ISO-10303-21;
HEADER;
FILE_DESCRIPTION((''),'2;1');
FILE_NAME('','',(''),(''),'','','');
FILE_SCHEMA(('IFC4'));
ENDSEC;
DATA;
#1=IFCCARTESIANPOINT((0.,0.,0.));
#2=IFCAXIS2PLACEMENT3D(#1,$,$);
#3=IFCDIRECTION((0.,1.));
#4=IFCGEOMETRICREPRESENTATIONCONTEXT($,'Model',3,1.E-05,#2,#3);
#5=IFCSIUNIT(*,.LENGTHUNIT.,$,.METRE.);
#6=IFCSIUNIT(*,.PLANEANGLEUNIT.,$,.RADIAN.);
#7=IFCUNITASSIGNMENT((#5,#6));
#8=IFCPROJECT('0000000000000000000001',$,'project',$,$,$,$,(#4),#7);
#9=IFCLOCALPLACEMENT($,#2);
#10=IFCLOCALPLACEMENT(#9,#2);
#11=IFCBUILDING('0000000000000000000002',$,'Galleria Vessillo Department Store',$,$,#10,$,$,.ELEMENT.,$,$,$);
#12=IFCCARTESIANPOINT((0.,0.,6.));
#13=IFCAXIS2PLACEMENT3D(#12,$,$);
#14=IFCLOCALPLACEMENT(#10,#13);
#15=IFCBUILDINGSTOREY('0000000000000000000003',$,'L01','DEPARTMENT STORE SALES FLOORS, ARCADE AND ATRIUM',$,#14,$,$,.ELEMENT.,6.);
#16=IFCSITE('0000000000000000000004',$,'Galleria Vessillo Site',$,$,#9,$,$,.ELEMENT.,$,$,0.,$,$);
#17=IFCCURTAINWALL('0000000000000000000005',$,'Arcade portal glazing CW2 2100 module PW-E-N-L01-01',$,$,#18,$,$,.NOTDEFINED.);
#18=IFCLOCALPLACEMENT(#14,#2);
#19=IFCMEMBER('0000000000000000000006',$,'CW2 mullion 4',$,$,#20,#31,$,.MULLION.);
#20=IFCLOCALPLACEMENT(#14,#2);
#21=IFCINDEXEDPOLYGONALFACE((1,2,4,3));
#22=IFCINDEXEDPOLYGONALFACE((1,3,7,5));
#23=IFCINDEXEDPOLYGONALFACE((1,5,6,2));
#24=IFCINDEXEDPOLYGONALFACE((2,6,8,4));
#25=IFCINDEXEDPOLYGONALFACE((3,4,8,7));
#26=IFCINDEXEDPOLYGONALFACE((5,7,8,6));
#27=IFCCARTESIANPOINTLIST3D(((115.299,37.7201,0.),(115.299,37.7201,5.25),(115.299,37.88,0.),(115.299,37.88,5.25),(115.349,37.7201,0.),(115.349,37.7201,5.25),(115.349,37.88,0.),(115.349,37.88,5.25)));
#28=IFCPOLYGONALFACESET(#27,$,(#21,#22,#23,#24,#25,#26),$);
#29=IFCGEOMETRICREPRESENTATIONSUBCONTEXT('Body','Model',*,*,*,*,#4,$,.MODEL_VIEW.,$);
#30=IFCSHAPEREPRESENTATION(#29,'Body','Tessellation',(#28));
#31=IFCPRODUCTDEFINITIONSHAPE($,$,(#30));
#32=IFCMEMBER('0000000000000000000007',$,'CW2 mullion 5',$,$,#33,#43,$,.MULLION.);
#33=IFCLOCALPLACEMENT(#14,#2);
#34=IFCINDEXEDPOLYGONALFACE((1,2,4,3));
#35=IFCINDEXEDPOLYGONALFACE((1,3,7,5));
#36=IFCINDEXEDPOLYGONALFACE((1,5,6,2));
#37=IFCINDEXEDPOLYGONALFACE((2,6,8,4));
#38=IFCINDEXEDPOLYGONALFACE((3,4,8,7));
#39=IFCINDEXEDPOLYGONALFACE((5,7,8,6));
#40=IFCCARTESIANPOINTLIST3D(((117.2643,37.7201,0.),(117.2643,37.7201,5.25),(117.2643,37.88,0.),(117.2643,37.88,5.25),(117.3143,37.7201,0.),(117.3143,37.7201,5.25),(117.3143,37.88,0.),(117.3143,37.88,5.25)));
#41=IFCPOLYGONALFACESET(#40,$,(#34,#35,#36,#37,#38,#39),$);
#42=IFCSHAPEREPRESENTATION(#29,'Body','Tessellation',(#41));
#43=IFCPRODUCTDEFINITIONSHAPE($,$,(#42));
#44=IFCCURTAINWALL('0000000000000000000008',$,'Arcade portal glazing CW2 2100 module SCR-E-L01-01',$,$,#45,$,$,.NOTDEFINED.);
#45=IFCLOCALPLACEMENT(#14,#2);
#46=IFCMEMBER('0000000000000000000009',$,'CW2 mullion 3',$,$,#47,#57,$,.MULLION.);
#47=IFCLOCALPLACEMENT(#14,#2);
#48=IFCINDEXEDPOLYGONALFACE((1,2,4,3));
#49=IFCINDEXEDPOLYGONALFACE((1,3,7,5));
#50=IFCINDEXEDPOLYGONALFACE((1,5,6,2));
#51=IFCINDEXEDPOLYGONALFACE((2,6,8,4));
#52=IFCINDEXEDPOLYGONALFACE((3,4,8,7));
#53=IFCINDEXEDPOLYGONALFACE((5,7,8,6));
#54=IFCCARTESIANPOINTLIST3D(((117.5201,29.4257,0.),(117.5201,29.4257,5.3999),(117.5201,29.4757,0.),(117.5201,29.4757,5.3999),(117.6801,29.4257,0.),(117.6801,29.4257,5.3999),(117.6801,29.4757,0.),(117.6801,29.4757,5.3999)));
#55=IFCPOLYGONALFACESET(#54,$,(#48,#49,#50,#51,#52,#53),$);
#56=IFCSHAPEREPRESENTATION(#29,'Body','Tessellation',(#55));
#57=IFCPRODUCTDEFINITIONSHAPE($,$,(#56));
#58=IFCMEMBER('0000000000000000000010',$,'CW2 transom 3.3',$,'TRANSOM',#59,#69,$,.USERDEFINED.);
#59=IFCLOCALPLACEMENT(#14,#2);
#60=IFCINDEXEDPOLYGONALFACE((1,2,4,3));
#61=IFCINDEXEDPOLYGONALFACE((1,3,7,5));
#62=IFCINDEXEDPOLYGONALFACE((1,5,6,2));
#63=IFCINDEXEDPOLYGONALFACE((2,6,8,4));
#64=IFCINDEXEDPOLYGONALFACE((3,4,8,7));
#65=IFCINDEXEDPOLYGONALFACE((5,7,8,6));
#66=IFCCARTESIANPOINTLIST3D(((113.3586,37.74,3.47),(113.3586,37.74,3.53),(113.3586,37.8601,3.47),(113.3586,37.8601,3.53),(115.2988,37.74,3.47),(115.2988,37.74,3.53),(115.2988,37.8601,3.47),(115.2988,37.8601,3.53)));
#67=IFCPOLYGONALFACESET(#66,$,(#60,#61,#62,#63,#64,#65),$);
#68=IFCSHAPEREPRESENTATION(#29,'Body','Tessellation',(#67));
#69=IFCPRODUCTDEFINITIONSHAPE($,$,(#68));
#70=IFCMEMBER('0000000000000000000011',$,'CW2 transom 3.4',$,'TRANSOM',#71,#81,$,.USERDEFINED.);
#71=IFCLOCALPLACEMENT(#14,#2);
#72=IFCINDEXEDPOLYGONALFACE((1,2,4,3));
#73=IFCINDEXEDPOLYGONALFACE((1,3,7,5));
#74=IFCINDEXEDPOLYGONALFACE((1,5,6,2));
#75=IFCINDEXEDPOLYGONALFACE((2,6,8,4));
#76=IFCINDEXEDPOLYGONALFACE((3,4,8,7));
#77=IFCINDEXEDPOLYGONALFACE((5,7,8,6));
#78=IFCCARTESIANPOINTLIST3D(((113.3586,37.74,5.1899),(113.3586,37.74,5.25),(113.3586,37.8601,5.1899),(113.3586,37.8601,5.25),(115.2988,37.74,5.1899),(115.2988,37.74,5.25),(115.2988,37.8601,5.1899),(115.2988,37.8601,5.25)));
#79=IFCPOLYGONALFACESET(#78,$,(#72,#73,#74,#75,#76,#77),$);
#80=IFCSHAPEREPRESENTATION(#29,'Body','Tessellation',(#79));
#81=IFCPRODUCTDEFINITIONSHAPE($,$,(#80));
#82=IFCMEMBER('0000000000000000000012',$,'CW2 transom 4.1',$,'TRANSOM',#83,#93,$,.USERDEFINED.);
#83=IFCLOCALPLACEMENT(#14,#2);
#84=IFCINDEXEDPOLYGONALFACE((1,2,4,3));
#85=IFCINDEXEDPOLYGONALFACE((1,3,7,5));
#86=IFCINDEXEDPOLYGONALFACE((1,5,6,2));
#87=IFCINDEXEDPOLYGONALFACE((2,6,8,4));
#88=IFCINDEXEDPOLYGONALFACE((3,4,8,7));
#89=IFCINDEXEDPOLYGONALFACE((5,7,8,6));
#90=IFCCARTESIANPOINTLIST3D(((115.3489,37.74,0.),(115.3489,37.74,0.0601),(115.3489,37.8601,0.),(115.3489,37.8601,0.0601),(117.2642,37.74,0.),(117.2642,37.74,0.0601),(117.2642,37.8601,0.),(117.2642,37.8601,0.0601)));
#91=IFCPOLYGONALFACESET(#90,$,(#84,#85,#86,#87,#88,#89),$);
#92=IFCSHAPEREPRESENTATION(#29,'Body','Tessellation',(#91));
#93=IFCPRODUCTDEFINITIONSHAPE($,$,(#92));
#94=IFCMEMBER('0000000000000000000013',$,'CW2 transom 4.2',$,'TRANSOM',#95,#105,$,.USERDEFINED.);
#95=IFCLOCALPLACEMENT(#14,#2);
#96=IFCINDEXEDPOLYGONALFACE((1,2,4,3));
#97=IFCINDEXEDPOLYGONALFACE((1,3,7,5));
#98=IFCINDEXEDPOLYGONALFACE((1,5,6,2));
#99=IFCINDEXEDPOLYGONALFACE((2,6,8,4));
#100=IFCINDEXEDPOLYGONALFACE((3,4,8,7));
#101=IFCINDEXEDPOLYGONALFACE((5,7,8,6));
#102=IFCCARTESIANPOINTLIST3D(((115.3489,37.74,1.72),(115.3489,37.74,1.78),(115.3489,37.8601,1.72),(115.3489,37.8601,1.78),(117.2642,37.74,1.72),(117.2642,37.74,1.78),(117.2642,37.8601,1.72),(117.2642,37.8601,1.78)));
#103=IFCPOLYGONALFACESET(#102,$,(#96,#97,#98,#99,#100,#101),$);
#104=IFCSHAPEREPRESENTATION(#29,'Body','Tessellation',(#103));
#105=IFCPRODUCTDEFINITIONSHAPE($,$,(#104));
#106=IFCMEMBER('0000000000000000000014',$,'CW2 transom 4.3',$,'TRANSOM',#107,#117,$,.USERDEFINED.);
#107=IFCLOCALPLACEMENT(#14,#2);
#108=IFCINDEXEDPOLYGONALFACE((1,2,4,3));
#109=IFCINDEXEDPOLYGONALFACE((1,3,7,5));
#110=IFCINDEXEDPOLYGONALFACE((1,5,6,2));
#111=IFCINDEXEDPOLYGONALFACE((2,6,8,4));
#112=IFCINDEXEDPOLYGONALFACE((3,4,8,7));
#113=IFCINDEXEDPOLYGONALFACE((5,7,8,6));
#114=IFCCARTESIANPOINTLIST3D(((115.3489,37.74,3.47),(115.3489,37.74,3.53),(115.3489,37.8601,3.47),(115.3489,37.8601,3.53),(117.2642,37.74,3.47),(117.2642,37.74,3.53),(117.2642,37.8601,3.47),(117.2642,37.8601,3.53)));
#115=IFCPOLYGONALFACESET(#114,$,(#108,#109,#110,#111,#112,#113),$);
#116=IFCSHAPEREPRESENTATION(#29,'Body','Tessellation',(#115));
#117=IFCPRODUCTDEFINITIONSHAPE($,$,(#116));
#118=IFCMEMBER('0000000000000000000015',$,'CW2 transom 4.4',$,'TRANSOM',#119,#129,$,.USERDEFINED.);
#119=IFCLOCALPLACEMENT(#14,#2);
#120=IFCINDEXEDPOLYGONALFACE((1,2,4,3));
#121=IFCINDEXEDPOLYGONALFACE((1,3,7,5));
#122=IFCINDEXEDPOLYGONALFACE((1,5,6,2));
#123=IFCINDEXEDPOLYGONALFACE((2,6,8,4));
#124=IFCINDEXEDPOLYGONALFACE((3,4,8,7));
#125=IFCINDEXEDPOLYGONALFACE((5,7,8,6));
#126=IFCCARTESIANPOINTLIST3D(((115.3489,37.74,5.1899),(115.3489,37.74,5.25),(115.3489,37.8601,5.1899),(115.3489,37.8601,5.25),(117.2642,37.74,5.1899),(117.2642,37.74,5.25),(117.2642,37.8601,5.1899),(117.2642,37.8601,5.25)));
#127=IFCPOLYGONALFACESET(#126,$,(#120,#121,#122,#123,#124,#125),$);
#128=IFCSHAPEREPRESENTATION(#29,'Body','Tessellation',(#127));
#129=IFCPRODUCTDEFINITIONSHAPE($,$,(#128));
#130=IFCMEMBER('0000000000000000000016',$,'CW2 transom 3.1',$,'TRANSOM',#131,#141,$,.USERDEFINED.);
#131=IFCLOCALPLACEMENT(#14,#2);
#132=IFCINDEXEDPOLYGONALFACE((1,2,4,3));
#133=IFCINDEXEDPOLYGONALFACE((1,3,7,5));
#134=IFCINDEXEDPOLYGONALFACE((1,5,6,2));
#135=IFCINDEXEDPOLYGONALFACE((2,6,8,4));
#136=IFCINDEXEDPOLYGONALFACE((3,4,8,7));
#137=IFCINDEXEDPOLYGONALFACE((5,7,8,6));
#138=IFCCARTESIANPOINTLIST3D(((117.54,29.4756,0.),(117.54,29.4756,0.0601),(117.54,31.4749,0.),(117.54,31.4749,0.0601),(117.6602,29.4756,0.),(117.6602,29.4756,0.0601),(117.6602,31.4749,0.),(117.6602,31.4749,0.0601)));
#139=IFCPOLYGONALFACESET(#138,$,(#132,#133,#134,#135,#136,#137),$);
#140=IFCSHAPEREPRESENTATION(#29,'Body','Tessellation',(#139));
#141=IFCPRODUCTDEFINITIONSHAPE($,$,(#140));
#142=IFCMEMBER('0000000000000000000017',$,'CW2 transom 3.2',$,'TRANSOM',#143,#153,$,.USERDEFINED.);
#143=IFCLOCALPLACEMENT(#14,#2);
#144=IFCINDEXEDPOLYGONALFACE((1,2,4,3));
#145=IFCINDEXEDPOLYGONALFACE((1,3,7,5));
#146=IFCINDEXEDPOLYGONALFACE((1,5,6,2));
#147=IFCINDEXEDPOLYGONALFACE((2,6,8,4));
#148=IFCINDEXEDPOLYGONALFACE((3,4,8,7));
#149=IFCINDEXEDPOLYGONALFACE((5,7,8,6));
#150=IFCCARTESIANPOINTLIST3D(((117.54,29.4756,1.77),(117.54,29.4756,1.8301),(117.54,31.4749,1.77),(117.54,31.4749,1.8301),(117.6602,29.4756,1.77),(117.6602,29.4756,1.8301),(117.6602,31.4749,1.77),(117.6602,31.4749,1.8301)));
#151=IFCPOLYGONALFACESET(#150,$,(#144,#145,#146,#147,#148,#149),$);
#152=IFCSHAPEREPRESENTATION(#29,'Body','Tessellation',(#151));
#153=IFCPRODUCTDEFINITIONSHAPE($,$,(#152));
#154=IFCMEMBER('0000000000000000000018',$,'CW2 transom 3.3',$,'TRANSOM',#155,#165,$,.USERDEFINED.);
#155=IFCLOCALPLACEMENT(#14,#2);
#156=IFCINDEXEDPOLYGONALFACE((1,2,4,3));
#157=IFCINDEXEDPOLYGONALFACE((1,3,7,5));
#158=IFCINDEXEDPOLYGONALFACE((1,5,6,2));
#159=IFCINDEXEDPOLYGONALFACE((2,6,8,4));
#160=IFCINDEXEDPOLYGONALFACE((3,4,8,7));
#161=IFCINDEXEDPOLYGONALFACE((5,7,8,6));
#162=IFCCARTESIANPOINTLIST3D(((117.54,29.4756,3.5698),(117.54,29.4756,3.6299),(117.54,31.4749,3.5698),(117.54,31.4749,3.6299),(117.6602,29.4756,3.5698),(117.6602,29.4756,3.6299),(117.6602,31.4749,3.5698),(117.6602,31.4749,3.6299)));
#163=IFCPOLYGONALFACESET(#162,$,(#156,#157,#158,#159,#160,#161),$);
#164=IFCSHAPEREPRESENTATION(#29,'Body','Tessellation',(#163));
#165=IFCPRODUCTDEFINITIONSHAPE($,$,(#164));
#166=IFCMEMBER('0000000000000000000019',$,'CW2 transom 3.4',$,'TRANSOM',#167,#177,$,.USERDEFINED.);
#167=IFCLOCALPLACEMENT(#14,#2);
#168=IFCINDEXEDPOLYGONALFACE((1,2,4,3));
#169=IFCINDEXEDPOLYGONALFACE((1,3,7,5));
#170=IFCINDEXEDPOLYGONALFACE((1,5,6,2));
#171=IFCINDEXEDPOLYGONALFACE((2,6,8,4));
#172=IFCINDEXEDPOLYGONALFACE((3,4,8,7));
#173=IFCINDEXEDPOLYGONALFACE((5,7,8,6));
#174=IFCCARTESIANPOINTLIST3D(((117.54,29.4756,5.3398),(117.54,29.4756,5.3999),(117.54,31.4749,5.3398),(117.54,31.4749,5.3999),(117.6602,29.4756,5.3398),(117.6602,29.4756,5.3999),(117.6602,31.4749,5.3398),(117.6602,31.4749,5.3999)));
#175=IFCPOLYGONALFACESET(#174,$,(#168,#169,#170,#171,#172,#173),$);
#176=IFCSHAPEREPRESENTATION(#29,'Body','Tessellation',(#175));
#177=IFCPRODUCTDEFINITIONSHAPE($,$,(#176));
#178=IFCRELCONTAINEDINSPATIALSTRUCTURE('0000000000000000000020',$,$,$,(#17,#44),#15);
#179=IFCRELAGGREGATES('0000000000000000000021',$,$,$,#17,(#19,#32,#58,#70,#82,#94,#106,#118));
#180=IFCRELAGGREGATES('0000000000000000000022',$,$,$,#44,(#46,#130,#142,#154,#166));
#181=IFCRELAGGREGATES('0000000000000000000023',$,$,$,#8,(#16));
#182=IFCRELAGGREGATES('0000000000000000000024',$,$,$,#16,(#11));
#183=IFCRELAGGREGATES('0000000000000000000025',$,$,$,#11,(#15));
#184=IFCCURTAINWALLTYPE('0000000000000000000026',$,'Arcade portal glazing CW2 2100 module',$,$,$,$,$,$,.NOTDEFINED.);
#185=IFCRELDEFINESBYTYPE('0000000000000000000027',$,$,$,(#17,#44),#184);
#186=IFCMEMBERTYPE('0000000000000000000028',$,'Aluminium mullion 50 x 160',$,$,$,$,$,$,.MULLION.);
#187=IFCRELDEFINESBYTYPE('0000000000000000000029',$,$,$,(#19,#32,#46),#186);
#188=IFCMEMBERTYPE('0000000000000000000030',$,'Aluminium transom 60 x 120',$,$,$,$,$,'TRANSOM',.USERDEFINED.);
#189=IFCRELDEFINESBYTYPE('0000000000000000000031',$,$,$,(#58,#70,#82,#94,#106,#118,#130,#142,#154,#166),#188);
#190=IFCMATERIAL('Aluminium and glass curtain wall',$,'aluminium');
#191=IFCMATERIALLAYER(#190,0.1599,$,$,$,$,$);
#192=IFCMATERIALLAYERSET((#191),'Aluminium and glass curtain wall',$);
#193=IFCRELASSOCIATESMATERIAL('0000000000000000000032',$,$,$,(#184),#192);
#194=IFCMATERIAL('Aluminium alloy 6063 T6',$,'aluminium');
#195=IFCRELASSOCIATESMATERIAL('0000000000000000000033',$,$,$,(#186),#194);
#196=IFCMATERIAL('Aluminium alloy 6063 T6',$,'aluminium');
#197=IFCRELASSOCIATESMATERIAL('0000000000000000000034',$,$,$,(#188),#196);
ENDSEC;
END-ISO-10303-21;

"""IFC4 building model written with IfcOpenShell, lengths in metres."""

from ifc_helpers import new_model, si_unit, direction, frame, origin, origin_2d, place, context, subcontext, project, spatial, rectangle, extrude, material, layer, layer_set, material_profile, profile_set, type_object, element, aggregate, save


model = new_model("IFC4")

# Units and contexts
model_context = context("Model", 3, precision=1e-05, world=origin(), true_north=direction((0.0, 1.0)))
body_context = subcontext(model_context, "Body", "Model", "MODEL_VIEW")
ifc_project = project(units=[si_unit("LENGTHUNIT", "METRE"), si_unit("PLANEANGLEUNIT", "RADIAN")], contexts=[model_context])

# Site, building, storey
site_placement = place(None, origin())
site = spatial("IfcSite", under=ifc_project, at=site_placement, Name="Galleria Vessillo Site", CompositionType="ELEMENT", RefElevation=0.0)
building_placement = place(site_placement, origin())
building = spatial("IfcBuilding", under=site, at=building_placement, Name="Galleria Vessillo Department Store", CompositionType="ELEMENT")
storey_placement = place(building_placement, frame((0.0, 0.0, 6.0)))
storey = spatial("IfcBuildingStorey", under=building, at=storey_placement, Name="L01", Description="DEPARTMENT STORE SALES FLOORS, ARCADE AND ATRIUM", CompositionType="ELEMENT", Elevation=6.0)

# Curtain wall, members
ifc_material_1 = material(Name="Aluminium and glass curtain wall", Category="aluminium")
ifc_layer_1 = layer(ifc_material_1, 0.1599)
ifc_layer_set_1 = layer_set([ifc_layer_1], Name="Aluminium and glass curtain wall")
curtain_wall_type = type_object("IfcCurtainWallType", Name="Arcade portal glazing CW2 2100 module", PredefinedType="NOTDEFINED", material=ifc_layer_set_1)
curtain_wall_1_placement = place(storey_placement, origin())
curtain_wall_1 = element("IfcCurtainWall", 1, at=curtain_wall_1_placement, inside=storey, type_object=curtain_wall_type, Name="Arcade portal glazing CW2 2100 module PW-E-N-L01-01", PredefinedType="NOTDEFINED")
ifc_material_2 = material(Name="Aluminium alloy 6063 T6", Category="aluminium")
ifc_material_profile_1 = material_profile(ifc_material_2, rectangle(XDim=0.1599, YDim=0.05, at=origin_2d()), Name="AL 50x160")
ifc_profile_set_1 = profile_set([ifc_material_profile_1], Name="Aluminium alloy 6063 T6")
member_type_1 = type_object("IfcMemberType", Name="Aluminium mullion 50 x 160", PredefinedType="MULLION", material=ifc_profile_set_1)
member_1_placement = place(storey_placement, frame((115.324, 37.8, 0.0), z_axis=(0.0, 0.0, 1.0), x_axis=(0.0, 1.0, 0.0)))
member_1 = element("IfcMember", 2, at=member_1_placement, type_object=member_type_1, Name="CW2 mullion 4", PredefinedType="MULLION", context=body_context, shape_type="SweptSolid", body=[
    extrude(rectangle(XDim=0.1599, YDim=0.05, at=origin_2d()), origin(), (0.0, 0.0, 1.0), 5.25),
])
member_2_placement = place(storey_placement, frame((117.2893, 37.8, 0.0), z_axis=(0.0, 0.0, 1.0), x_axis=(0.0, 1.0, 0.0)))
member_2 = element("IfcMember", 3, at=member_2_placement, type_object=member_type_1, Name="CW2 mullion 5", PredefinedType="MULLION", context=body_context, shape_type="SweptSolid", body=[
    extrude(rectangle(XDim=0.1599, YDim=0.05, at=origin_2d()), origin(), (0.0, 0.0, 1.0), 5.25),
])

# Curtain wall, member
curtain_wall_2_placement = place(storey_placement, origin())
curtain_wall_2 = element("IfcCurtainWall", 4, at=curtain_wall_2_placement, inside=storey, type_object=curtain_wall_type, Name="Arcade portal glazing CW2 2100 module SCR-E-L01-01", PredefinedType="NOTDEFINED")
member_3_placement = place(storey_placement, frame((117.6001, 29.4507, 0.0), z_axis=(0.0, 0.0, 1.0), x_axis=(-1.0, 0.0, 0.0)))
member_3 = element("IfcMember", 5, at=member_3_placement, type_object=member_type_1, Name="CW2 mullion 3", PredefinedType="MULLION", context=body_context, shape_type="SweptSolid", body=[
    extrude(rectangle(XDim=0.1599, YDim=0.05, at=origin_2d()), origin(), (0.0, 0.0, 1.0), 5.3999),
])

# Members
ifc_material_3 = material(Name="Aluminium alloy 6063 T6", Category="aluminium")
ifc_material_profile_2 = material_profile(ifc_material_3, rectangle(XDim=0.1201, YDim=0.0601, at=origin_2d()), Name="AL 60x120")
ifc_profile_set_2 = profile_set([ifc_material_profile_2], Name="Aluminium alloy 6063 T6")
member_type_2 = type_object("IfcMemberType", Name="Aluminium transom 60 x 120", ElementType="TRANSOM", PredefinedType="USERDEFINED", material=ifc_profile_set_2)
member_4_placement = place(storey_placement, frame((113.3586, 37.8, 3.5), z_axis=(1.0, 0.0, 0.0), x_axis=(0.0, 1.0, 0.0)))
member_4 = element("IfcMember", 6, at=member_4_placement, type_object=member_type_2, Name="CW2 transom 3.3", ObjectType="TRANSOM", PredefinedType="USERDEFINED", context=body_context, shape_type="SweptSolid", body=[
    extrude(rectangle(XDim=0.1201, YDim=0.0601, at=origin_2d()), origin(), (0.0, 0.0, 1.0), 1.9402),
])
member_5_placement = place(storey_placement, frame((113.3586, 37.8, 5.22), z_axis=(1.0, 0.0, 0.0), x_axis=(0.0, 1.0, 0.0)))
member_5 = element("IfcMember", 7, at=member_5_placement, type_object=member_type_2, Name="CW2 transom 3.4", ObjectType="TRANSOM", PredefinedType="USERDEFINED", context=body_context, shape_type="SweptSolid", body=[
    extrude(rectangle(XDim=0.1201, YDim=0.0601, at=origin_2d()), origin(), (0.0, 0.0, 1.0), 1.9402),
])
member_6_placement = place(storey_placement, frame((115.3489, 37.8, 0.03), z_axis=(1.0, 0.0, 0.0), x_axis=(0.0, 1.0, 0.0)))
member_6 = element("IfcMember", 8, at=member_6_placement, type_object=member_type_2, Name="CW2 transom 4.1", ObjectType="TRANSOM", PredefinedType="USERDEFINED", context=body_context, shape_type="SweptSolid", body=[
    extrude(rectangle(XDim=0.1201, YDim=0.0601, at=origin_2d()), origin(), (0.0, 0.0, 1.0), 1.9153),
])
member_7_placement = place(storey_placement, frame((115.3489, 37.8, 1.75), z_axis=(1.0, 0.0, 0.0), x_axis=(0.0, 1.0, 0.0)))
member_7 = element("IfcMember", 9, at=member_7_placement, type_object=member_type_2, Name="CW2 transom 4.2", ObjectType="TRANSOM", PredefinedType="USERDEFINED", context=body_context, shape_type="SweptSolid", body=[
    extrude(rectangle(XDim=0.1201, YDim=0.0601, at=origin_2d()), origin(), (0.0, 0.0, 1.0), 1.9153),
])
member_8_placement = place(storey_placement, frame((115.3489, 37.8, 3.5), z_axis=(1.0, 0.0, 0.0), x_axis=(0.0, 1.0, 0.0)))
member_8 = element("IfcMember", 10, at=member_8_placement, type_object=member_type_2, Name="CW2 transom 4.3", ObjectType="TRANSOM", PredefinedType="USERDEFINED", context=body_context, shape_type="SweptSolid", body=[
    extrude(rectangle(XDim=0.1201, YDim=0.0601, at=origin_2d()), origin(), (0.0, 0.0, 1.0), 1.9153),
])
member_9_placement = place(storey_placement, frame((115.3489, 37.8, 5.22), z_axis=(1.0, 0.0, 0.0), x_axis=(0.0, 1.0, 0.0)))
member_9 = element("IfcMember", 11, at=member_9_placement, type_object=member_type_2, Name="CW2 transom 4.4", ObjectType="TRANSOM", PredefinedType="USERDEFINED", context=body_context, shape_type="SweptSolid", body=[
    extrude(rectangle(XDim=0.1201, YDim=0.0601, at=origin_2d()), origin(), (0.0, 0.0, 1.0), 1.9153),
])
member_10_placement = place(storey_placement, frame((117.6001, 29.4756, 0.03), z_axis=(0.0, 1.0, 0.0), x_axis=(-1.0, 0.0, 0.0)))
member_10 = element("IfcMember", 12, at=member_10_placement, type_object=member_type_2, Name="CW2 transom 3.1", ObjectType="TRANSOM", PredefinedType="USERDEFINED", context=body_context, shape_type="SweptSolid", body=[
    extrude(rectangle(XDim=0.1201, YDim=0.0601, at=origin_2d()), origin(), (0.0, 0.0, 1.0), 1.9993),
])
member_11_placement = place(storey_placement, frame((117.6001, 29.4756, 1.8), z_axis=(0.0, 1.0, 0.0), x_axis=(-1.0, 0.0, 0.0)))
member_11 = element("IfcMember", 13, at=member_11_placement, type_object=member_type_2, Name="CW2 transom 3.2", ObjectType="TRANSOM", PredefinedType="USERDEFINED", context=body_context, shape_type="SweptSolid", body=[
    extrude(rectangle(XDim=0.1201, YDim=0.0601, at=origin_2d()), origin(), (0.0, 0.0, 1.0), 1.9993),
])
member_12_placement = place(storey_placement, frame((117.6001, 29.4756, 3.5999), z_axis=(0.0, 1.0, 0.0), x_axis=(-1.0, 0.0, 0.0)))
member_12 = element("IfcMember", 14, at=member_12_placement, type_object=member_type_2, Name="CW2 transom 3.3", ObjectType="TRANSOM", PredefinedType="USERDEFINED", context=body_context, shape_type="SweptSolid", body=[
    extrude(rectangle(XDim=0.1201, YDim=0.0601, at=origin_2d()), origin(), (0.0, 0.0, 1.0), 1.9993),
])
member_13_placement = place(storey_placement, frame((117.6001, 29.4756, 5.3699), z_axis=(0.0, 1.0, 0.0), x_axis=(-1.0, 0.0, 0.0)))
member_13 = element("IfcMember", 15, at=member_13_placement, type_object=member_type_2, Name="CW2 transom 3.4", ObjectType="TRANSOM", PredefinedType="USERDEFINED", context=body_context, shape_type="SweptSolid", body=[
    extrude(rectangle(XDim=0.1201, YDim=0.0601, at=origin_2d()), origin(), (0.0, 0.0, 1.0), 1.9993),
])

aggregate(curtain_wall_1, [member_1, member_2, member_4, member_5, member_6, member_7, member_8, member_9])
aggregate(curtain_wall_2, [member_3, member_10, member_11, member_12, member_13])

save(model, "model.ifc")
